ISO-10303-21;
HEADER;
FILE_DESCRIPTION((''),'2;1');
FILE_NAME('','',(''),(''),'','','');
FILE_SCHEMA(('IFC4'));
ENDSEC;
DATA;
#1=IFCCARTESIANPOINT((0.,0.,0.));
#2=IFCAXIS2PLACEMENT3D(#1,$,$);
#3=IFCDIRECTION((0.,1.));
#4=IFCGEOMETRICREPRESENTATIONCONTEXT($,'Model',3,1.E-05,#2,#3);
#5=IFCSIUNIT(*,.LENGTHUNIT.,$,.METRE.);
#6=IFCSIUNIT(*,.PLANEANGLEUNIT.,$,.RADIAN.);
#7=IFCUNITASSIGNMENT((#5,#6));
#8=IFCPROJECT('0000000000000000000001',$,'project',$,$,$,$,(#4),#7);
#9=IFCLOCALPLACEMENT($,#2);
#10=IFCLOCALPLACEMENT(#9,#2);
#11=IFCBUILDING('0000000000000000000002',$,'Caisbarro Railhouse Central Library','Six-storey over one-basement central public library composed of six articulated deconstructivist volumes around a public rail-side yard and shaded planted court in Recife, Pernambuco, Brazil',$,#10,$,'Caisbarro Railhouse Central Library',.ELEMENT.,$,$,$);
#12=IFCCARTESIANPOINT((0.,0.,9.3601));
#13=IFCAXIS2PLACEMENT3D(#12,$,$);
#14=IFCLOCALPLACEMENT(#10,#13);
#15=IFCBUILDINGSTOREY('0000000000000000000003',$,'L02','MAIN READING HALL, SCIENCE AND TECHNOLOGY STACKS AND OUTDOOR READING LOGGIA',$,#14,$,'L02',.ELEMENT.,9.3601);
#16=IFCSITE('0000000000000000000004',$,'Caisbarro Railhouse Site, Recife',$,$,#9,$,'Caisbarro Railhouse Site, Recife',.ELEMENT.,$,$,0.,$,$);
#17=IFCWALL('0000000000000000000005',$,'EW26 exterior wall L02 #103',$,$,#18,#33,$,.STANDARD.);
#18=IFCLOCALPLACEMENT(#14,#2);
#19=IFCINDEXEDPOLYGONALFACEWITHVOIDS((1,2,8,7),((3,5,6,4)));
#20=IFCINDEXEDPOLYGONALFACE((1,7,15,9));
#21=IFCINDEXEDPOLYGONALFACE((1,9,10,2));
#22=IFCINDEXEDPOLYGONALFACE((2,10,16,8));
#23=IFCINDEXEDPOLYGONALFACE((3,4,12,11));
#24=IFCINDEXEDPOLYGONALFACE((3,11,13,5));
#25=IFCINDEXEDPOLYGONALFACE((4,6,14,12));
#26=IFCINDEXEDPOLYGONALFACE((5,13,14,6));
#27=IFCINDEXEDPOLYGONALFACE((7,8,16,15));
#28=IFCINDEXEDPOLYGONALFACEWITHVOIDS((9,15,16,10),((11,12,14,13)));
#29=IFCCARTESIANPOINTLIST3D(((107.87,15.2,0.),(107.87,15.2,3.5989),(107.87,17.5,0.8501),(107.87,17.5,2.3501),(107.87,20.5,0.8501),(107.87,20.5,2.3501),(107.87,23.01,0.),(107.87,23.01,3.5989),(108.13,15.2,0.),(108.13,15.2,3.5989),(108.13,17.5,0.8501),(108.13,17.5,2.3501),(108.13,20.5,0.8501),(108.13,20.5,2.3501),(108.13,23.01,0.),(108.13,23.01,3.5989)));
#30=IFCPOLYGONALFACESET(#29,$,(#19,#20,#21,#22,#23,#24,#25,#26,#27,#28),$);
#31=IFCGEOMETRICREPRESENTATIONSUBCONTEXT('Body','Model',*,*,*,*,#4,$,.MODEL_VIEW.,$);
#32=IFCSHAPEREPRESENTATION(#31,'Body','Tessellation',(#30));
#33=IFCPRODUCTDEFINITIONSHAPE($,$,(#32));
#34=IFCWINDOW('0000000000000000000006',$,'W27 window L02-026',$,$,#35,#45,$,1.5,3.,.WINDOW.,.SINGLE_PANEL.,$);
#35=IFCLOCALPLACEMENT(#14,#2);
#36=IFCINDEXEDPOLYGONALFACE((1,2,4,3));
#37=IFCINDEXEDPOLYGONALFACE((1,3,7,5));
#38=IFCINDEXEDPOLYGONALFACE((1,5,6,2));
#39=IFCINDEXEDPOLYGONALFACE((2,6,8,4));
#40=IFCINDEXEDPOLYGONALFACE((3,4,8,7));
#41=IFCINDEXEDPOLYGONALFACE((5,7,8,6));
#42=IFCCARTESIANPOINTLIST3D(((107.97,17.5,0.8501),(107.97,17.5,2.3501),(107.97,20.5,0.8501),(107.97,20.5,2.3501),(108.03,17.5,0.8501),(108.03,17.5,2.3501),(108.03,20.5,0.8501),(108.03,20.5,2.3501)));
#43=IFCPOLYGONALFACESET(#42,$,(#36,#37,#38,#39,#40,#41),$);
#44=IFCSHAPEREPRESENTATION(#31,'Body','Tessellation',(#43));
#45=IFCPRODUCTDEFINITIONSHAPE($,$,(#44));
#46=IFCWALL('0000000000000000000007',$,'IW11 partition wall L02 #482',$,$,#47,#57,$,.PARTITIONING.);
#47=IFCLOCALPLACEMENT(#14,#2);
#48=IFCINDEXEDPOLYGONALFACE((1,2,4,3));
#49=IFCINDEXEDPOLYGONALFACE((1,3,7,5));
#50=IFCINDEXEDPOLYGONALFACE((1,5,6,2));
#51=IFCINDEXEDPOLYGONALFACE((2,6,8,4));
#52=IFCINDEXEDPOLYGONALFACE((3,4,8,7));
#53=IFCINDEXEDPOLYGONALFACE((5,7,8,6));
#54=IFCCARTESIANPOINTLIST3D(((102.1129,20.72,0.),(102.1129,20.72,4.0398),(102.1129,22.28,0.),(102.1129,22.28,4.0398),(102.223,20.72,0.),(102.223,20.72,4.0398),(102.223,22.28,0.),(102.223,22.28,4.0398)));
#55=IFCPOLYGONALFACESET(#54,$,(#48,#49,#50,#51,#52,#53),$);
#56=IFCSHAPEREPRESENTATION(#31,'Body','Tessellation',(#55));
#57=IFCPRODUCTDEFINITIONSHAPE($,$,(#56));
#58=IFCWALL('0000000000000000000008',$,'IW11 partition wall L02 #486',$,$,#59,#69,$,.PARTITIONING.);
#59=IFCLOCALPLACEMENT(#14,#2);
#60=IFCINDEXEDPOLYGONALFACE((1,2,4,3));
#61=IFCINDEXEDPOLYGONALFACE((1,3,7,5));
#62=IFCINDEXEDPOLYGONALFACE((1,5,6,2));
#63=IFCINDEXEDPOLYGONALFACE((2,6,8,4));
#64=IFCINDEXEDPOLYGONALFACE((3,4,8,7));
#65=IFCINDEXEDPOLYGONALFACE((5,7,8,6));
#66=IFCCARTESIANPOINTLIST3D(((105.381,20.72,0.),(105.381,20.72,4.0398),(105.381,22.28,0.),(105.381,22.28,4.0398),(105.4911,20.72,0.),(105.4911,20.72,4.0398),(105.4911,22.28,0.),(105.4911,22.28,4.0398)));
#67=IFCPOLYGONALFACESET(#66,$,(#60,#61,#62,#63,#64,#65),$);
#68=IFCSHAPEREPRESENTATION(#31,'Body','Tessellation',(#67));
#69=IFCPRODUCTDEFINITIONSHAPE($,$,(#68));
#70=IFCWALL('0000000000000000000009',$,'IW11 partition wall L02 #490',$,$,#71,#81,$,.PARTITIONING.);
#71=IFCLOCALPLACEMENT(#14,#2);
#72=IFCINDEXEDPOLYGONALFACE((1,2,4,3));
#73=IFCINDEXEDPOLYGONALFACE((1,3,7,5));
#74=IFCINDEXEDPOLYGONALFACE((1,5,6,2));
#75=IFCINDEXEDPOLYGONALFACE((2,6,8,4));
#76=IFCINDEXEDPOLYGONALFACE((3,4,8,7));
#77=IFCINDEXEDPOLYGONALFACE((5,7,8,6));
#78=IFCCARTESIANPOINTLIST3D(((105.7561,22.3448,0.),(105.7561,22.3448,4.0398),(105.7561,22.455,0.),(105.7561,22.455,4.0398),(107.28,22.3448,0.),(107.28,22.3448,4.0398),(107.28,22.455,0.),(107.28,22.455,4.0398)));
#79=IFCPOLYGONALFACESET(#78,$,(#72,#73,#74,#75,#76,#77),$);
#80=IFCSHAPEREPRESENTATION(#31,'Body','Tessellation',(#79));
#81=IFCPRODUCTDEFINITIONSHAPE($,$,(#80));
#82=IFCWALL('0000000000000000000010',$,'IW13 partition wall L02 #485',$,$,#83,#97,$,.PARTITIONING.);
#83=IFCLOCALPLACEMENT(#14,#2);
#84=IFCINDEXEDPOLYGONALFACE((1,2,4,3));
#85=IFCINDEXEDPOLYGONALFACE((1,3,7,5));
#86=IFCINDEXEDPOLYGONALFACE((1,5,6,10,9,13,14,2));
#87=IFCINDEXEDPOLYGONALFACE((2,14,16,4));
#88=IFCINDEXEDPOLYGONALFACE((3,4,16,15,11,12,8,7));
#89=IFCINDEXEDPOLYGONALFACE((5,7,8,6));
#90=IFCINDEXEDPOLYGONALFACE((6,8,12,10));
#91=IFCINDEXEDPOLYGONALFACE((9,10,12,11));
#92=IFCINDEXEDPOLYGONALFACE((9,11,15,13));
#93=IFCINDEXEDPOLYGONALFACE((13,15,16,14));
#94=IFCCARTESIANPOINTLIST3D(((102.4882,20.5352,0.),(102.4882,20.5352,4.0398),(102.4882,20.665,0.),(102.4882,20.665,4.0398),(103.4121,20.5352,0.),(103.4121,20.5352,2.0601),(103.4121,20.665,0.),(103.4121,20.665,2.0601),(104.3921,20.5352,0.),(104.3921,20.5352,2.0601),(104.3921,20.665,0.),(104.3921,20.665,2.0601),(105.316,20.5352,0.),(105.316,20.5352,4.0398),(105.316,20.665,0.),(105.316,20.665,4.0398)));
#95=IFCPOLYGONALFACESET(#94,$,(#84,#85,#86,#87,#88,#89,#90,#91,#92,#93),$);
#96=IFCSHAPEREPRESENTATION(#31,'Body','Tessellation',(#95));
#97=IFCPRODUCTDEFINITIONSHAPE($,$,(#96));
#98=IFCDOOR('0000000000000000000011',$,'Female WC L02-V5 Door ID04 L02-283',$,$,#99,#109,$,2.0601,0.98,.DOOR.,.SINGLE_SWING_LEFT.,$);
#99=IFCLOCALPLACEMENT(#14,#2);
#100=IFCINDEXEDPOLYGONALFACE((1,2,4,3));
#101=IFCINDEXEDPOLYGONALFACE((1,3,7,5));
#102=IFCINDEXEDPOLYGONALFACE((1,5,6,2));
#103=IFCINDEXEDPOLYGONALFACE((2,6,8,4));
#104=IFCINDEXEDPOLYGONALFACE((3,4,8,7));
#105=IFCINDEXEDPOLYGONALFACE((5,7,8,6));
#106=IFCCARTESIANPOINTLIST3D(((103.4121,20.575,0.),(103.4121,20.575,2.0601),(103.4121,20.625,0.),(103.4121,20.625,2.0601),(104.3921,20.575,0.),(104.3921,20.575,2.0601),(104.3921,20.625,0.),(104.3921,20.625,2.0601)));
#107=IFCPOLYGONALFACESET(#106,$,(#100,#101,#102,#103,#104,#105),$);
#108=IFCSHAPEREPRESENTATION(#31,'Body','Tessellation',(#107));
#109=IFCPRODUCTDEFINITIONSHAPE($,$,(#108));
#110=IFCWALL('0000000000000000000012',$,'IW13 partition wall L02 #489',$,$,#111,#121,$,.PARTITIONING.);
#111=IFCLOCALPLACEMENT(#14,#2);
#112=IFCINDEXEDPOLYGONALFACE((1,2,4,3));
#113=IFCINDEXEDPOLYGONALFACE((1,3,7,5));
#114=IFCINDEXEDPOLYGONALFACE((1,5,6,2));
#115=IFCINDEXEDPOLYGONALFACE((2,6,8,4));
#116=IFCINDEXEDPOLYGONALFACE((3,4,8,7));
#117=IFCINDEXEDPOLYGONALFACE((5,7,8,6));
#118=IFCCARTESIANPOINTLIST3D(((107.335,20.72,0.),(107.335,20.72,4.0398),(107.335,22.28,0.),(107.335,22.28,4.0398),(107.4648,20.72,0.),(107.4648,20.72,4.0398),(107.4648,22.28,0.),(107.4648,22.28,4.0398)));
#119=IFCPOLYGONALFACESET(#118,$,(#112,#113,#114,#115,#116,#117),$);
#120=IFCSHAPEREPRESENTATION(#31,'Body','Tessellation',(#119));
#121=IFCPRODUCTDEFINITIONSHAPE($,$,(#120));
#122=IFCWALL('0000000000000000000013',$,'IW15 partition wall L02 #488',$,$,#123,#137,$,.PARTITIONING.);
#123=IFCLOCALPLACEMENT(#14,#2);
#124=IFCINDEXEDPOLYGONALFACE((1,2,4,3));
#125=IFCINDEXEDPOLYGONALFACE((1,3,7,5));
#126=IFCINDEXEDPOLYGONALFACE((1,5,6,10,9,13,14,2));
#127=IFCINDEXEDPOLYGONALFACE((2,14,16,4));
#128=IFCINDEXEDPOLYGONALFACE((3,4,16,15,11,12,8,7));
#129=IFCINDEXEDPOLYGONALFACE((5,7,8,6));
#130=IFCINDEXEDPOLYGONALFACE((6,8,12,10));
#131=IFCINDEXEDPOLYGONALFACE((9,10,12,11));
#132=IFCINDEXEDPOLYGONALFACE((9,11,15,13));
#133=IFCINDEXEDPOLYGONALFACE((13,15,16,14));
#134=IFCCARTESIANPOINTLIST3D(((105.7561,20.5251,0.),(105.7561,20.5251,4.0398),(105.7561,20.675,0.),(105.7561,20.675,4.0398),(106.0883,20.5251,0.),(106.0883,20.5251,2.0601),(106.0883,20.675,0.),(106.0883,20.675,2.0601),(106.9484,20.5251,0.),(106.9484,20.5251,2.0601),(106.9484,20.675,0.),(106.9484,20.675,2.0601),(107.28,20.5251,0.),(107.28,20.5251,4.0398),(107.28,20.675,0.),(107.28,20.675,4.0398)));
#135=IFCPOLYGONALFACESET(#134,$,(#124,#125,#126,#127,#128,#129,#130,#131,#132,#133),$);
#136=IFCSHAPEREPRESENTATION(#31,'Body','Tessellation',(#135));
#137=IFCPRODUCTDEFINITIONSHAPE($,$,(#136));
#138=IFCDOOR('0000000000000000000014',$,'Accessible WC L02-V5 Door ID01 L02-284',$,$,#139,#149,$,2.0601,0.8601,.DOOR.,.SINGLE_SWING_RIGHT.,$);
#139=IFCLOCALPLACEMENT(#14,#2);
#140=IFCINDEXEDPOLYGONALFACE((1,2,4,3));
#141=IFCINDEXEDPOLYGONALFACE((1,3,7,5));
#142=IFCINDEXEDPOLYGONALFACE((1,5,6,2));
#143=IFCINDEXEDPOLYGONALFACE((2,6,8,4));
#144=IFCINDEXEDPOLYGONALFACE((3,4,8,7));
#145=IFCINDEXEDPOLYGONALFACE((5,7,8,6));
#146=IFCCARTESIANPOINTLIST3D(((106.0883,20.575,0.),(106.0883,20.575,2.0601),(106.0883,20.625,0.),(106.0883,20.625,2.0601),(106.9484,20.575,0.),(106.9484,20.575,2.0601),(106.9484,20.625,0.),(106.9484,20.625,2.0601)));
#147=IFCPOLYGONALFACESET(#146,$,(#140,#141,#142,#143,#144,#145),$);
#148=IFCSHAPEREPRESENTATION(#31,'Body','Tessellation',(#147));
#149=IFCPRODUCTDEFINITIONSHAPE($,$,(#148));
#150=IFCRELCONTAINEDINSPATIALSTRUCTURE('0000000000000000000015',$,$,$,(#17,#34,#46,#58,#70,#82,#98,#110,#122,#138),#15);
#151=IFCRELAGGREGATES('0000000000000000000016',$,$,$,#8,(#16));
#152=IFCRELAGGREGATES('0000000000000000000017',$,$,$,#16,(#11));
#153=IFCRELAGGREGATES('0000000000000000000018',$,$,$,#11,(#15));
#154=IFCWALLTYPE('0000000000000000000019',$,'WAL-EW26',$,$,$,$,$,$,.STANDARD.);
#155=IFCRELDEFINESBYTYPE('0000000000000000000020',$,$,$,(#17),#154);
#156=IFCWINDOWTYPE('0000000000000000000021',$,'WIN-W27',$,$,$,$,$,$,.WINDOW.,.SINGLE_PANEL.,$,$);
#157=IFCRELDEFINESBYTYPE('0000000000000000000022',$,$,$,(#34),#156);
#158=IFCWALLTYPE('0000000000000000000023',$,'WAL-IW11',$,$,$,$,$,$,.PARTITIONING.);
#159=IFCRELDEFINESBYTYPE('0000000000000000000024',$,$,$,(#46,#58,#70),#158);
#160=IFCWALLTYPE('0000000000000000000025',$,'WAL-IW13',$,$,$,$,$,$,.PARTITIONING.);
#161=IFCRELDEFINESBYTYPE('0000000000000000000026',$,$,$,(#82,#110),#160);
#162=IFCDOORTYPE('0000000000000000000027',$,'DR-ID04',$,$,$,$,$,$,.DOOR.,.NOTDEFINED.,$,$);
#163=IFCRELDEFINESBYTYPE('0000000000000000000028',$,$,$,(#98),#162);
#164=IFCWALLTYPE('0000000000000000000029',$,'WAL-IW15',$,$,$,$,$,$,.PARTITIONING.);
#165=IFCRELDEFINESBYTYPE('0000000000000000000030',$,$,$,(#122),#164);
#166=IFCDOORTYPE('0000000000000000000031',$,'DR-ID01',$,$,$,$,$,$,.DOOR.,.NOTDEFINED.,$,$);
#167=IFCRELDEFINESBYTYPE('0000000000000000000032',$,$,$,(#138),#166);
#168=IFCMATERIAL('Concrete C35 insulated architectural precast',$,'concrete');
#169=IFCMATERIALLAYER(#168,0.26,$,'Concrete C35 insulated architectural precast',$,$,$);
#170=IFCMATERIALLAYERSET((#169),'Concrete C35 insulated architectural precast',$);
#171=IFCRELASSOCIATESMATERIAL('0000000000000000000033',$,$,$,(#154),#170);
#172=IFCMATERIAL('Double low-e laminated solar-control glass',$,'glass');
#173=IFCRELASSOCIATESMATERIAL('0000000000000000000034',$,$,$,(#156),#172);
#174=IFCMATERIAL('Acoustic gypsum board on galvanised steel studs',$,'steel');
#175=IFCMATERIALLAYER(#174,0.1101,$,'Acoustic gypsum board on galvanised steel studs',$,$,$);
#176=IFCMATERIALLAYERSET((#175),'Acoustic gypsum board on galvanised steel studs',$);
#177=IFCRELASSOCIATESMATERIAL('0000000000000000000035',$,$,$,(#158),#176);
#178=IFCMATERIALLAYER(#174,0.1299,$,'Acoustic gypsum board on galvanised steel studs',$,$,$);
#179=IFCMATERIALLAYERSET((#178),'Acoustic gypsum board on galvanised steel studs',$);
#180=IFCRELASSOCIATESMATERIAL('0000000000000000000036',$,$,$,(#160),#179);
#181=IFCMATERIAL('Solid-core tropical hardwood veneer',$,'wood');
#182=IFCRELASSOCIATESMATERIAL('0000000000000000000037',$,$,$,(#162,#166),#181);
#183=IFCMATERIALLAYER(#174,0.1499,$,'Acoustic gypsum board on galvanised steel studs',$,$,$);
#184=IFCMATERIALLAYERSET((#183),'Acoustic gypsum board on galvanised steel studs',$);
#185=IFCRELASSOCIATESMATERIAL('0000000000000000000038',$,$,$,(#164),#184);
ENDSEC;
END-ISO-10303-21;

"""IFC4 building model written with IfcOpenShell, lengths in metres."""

from ifc_helpers import new_model, si_unit, direction, frame, frame_2d, origin, place, context, subcontext, project, spatial, rectangle, extrude, material, layer, layer_set, type_object, element, fill, save


model = new_model("IFC4")

# Units and contexts
model_context = context("Model", 3, precision=1e-05, world=origin(), true_north=direction((0.0, 1.0)))
body_context = subcontext(model_context, "Body", "Model", "MODEL_VIEW")
ifc_project = project(units=[si_unit("LENGTHUNIT", "METRE"), si_unit("PLANEANGLEUNIT", "RADIAN")], contexts=[model_context])

# Site, building, storey
site_placement = place(None, origin())
site = spatial("IfcSite", under=ifc_project, at=site_placement, Name="Caisbarro Railhouse Site, Recife", LongName="Caisbarro Railhouse Site, Recife", CompositionType="ELEMENT", RefElevation=0.0)
building_placement = place(site_placement, origin())
building = spatial("IfcBuilding", under=site, at=building_placement, Name="Caisbarro Railhouse Central Library", Description="Six-storey over one-basement central public library composed of six articulated deconstructivist volumes around a public rail-side yard and shaded planted court in Recife, Pernambuco, Brazil", LongName="Caisbarro Railhouse Central Library", CompositionType="ELEMENT")
storey_placement = place(building_placement, frame((0.0, 0.0, 9.3601)))
storey = spatial("IfcBuildingStorey", under=building, at=storey_placement, Name="L02", Description="MAIN READING HALL, SCIENCE AND TECHNOLOGY STACKS AND OUTDOOR READING LOGGIA", LongName="L02", CompositionType="ELEMENT", Elevation=9.3601)

# Wall, opening, window
ifc_material_1 = material(Name="Concrete C35 insulated architectural precast", Category="concrete")
ifc_layer_1 = layer(ifc_material_1, 0.26, Name="Concrete C35 insulated architectural precast")
ifc_layer_set_1 = layer_set([ifc_layer_1], Name="Concrete C35 insulated architectural precast")
wall_type_1 = type_object("IfcWallType", Name="WAL-EW26", PredefinedType="STANDARD", material=ifc_layer_set_1)
ifc_material_2 = material(Name="Double low-e laminated solar-control glass", Category="glass")
wall_1_placement = place(storey_placement, frame((108.0, 15.2, 0.0), z_axis=(0.0, 0.0, 1.0), x_axis=(0.0, 1.0, 0.0)))
wall_1 = element("IfcWall", 1, at=wall_1_placement, inside=storey, type_object=wall_type_1, Name="EW26 exterior wall L02 #103", PredefinedType="STANDARD", context=body_context, shape_type="SweptSolid", body=[
    extrude(rectangle(XDim=7.8101, YDim=0.26, at=frame_2d((3.905, 0.0))), origin(), (0.0, 0.0, 1.0), 3.5989),
])
opening_1_placement = place(wall_1_placement, frame((2.3, 0.0, 0.8501)))
opening_1 = element("IfcOpeningElement", 2, at=opening_1_placement, cuts=wall_1, PredefinedType="OPENING", context=body_context, shape_type="SweptSolid", body=[
    extrude(rectangle(XDim=3.0, YDim=1.5, at=frame_2d((1.5, 0.75))), frame((0.0, 0.1401, 0.0), z_axis=(0.0, -1.0, 0.0), x_axis=(1.0, 0.0, 0.0)), (0.0, 0.0, 1.0), 0.28),
])
window_type_1 = type_object("IfcWindowType", Name="WIN-W27", PartitioningType="SINGLE_PANEL", PredefinedType="WINDOW", material=ifc_material_2)
window_1_placement = place(opening_1_placement, origin())
window_1 = element("IfcWindow", 3, at=window_1_placement, inside=storey, type_object=window_type_1, Name="W27 window L02-026", OverallHeight=1.5, OverallWidth=3.0, PartitioningType="SINGLE_PANEL", PredefinedType="WINDOW", context=body_context, shape_type="SweptSolid", body=[
    extrude(rectangle(XDim=3.0, YDim=1.5, at=frame_2d((1.5, 0.75))), frame((0.0, 0.03, 0.0), z_axis=(0.0, -1.0, 0.0), x_axis=(1.0, 0.0, 0.0)), (0.0, 0.0, 1.0), 0.0601),
])
fill(opening_1, window_1)

# Walls
ifc_material_3 = material(Name="Acoustic gypsum board on galvanised steel studs", Category="steel")
ifc_layer_2 = layer(ifc_material_3, 0.1101, Name="Acoustic gypsum board on galvanised steel studs")
ifc_layer_set_2 = layer_set([ifc_layer_2], Name="Acoustic gypsum board on galvanised steel studs")
wall_type_2 = type_object("IfcWallType", Name="WAL-IW11", PredefinedType="PARTITIONING", material=ifc_layer_set_2)
for number, where, z_axis, x_axis, name in (
    (4, (102.168, 20.72, 0.0), (0.0, 0.0, 1.0), (0.0, 1.0, 0.0), "IW11 partition wall L02 #482"),
    (5, (105.436, 20.72, 0.0), (0.0, 0.0, 1.0), (0.0, 1.0, 0.0), "IW11 partition wall L02 #486"),
):
    element("IfcWall", number, at=place(storey_placement, frame(where, z_axis=z_axis, x_axis=x_axis)), inside=storey, type_object=wall_type_2, Name=name, PredefinedType="PARTITIONING", context=body_context, shape_type="SweptSolid", body=[
        extrude(rectangle(XDim=1.5601, YDim=0.1101, at=frame_2d((0.78, 0.0))), origin(), (0.0, 0.0, 1.0), 4.0398),
    ])
wall_2_placement = place(storey_placement, frame((105.7561, 22.3999, 0.0), z_axis=(0.0, 0.0, 1.0), x_axis=(1.0, 0.0, 0.0)))
element("IfcWall", 6, at=wall_2_placement, inside=storey, type_object=wall_type_2, Name="IW11 partition wall L02 #490", PredefinedType="PARTITIONING", context=body_context, shape_type="SweptSolid", body=[
    extrude(rectangle(XDim=1.5239, YDim=0.1101, at=frame_2d((0.762, 0.0))), origin(), (0.0, 0.0, 1.0), 4.0398),
])

# Wall, opening, door
ifc_layer_3 = layer(ifc_material_3, 0.1299, Name="Acoustic gypsum board on galvanised steel studs")
ifc_layer_set_3 = layer_set([ifc_layer_3], Name="Acoustic gypsum board on galvanised steel studs")
wall_type_3 = type_object("IfcWallType", Name="WAL-IW13", PredefinedType="PARTITIONING", material=ifc_layer_set_3)
wall_3_placement = place(storey_placement, frame((102.488, 20.6001, 0.0), z_axis=(0.0, 0.0, 1.0), x_axis=(1.0, 0.0, 0.0)))
wall_3 = element("IfcWall", 7, at=wall_3_placement, inside=storey, type_object=wall_type_3, Name="IW13 partition wall L02 #485", PredefinedType="PARTITIONING", context=body_context, shape_type="SweptSolid", body=[
    extrude(rectangle(XDim=2.8279, YDim=0.1299, at=frame_2d((1.4141, 0.0))), origin(), (0.0, 0.0, 1.0), 4.0398),
])
opening_2_placement = place(wall_3_placement, frame((0.9241, 0.0, 0.0)))
opening_2 = element("IfcOpeningElement", 8, at=opening_2_placement, cuts=wall_3, PredefinedType="OPENING", context=body_context, shape_type="SweptSolid", body=[
    extrude(rectangle(XDim=0.98, YDim=2.0601, at=frame_2d((0.49, 1.03))), frame((0.0, 0.075, 0.0), z_axis=(0.0, -1.0, 0.0), x_axis=(1.0, 0.0, 0.0)), (0.0, 0.0, 1.0), 0.1499),
])
ifc_material_4 = material(Name="Solid-core tropical hardwood veneer", Category="wood")
door_type_1 = type_object("IfcDoorType", Name="DR-ID04", OperationType="NOTDEFINED", PredefinedType="DOOR", material=ifc_material_4)
door_1_placement = place(opening_2_placement, origin())
door_1 = element("IfcDoor", 9, at=door_1_placement, inside=storey, type_object=door_type_1, Name="Female WC L02-V5 Door ID04 L02-283", OperationType="SINGLE_SWING_LEFT", OverallHeight=2.0601, OverallWidth=0.98, PredefinedType="DOOR", context=body_context, shape_type="SweptSolid", body=[
    extrude(rectangle(XDim=0.98, YDim=2.0601, at=frame_2d((0.49, 1.03))), frame((0.0, 0.0249, 0.0), z_axis=(0.0, -1.0, 0.0), x_axis=(1.0, 0.0, 0.0)), (0.0, 0.0, 1.0), 0.05),
])
fill(opening_2, door_1)

# Wall
wall_4_placement = place(storey_placement, frame((107.3999, 20.72, 0.0), z_axis=(0.0, 0.0, 1.0), x_axis=(0.0, 1.0, 0.0)))
element("IfcWall", 10, at=wall_4_placement, inside=storey, type_object=wall_type_3, Name="IW13 partition wall L02 #489", PredefinedType="PARTITIONING", context=body_context, shape_type="SweptSolid", body=[
    extrude(rectangle(XDim=1.5601, YDim=0.1299, at=frame_2d((0.78, 0.0))), origin(), (0.0, 0.0, 1.0), 4.0398),
])

# Wall, opening, door
ifc_layer_4 = layer(ifc_material_3, 0.1499, Name="Acoustic gypsum board on galvanised steel studs")
ifc_layer_set_4 = layer_set([ifc_layer_4], Name="Acoustic gypsum board on galvanised steel studs")
wall_type_4 = type_object("IfcWallType", Name="WAL-IW15", PredefinedType="PARTITIONING", material=ifc_layer_set_4)
wall_5_placement = place(storey_placement, frame((105.7561, 20.6001, 0.0), z_axis=(0.0, 0.0, 1.0), x_axis=(1.0, 0.0, 0.0)))
wall_5 = element("IfcWall", 11, at=wall_5_placement, inside=storey, type_object=wall_type_4, Name="IW15 partition wall L02 #488", PredefinedType="PARTITIONING", context=body_context, shape_type="SweptSolid", body=[
    extrude(rectangle(XDim=1.5239, YDim=0.1499, at=frame_2d((0.762, 0.0))), origin(), (0.0, 0.0, 1.0), 4.0398),
])
opening_3_placement = place(wall_5_placement, frame((0.332, 0.0, 0.0)))
opening_3 = element("IfcOpeningElement", 12, at=opening_3_placement, cuts=wall_5, PredefinedType="OPENING", context=body_context, shape_type="SweptSolid", body=[
    extrude(rectangle(XDim=0.8601, YDim=2.0601, at=frame_2d((0.4302, 1.03))), frame((0.0, 0.085, 0.0), z_axis=(0.0, -1.0, 0.0), x_axis=(1.0, 0.0, 0.0)), (0.0, 0.0, 1.0), 0.1699),
])
door_type_2 = type_object("IfcDoorType", Name="DR-ID01", OperationType="NOTDEFINED", PredefinedType="DOOR", material=ifc_material_4)
door_2_placement = place(opening_3_placement, origin())
door_2 = element("IfcDoor", 13, at=door_2_placement, inside=storey, type_object=door_type_2, Name="Accessible WC L02-V5 Door ID01 L02-284", OperationType="SINGLE_SWING_RIGHT", OverallHeight=2.0601, OverallWidth=0.8601, PredefinedType="DOOR", context=body_context, shape_type="SweptSolid", body=[
    extrude(rectangle(XDim=0.8601, YDim=2.0601, at=frame_2d((0.4302, 1.03))), frame((0.0, 0.0249, 0.0), z_axis=(0.0, -1.0, 0.0), x_axis=(1.0, 0.0, 0.0)), (0.0, 0.0, 1.0), 0.05),
])
fill(opening_3, door_2)

save(model, "model.ifc")
